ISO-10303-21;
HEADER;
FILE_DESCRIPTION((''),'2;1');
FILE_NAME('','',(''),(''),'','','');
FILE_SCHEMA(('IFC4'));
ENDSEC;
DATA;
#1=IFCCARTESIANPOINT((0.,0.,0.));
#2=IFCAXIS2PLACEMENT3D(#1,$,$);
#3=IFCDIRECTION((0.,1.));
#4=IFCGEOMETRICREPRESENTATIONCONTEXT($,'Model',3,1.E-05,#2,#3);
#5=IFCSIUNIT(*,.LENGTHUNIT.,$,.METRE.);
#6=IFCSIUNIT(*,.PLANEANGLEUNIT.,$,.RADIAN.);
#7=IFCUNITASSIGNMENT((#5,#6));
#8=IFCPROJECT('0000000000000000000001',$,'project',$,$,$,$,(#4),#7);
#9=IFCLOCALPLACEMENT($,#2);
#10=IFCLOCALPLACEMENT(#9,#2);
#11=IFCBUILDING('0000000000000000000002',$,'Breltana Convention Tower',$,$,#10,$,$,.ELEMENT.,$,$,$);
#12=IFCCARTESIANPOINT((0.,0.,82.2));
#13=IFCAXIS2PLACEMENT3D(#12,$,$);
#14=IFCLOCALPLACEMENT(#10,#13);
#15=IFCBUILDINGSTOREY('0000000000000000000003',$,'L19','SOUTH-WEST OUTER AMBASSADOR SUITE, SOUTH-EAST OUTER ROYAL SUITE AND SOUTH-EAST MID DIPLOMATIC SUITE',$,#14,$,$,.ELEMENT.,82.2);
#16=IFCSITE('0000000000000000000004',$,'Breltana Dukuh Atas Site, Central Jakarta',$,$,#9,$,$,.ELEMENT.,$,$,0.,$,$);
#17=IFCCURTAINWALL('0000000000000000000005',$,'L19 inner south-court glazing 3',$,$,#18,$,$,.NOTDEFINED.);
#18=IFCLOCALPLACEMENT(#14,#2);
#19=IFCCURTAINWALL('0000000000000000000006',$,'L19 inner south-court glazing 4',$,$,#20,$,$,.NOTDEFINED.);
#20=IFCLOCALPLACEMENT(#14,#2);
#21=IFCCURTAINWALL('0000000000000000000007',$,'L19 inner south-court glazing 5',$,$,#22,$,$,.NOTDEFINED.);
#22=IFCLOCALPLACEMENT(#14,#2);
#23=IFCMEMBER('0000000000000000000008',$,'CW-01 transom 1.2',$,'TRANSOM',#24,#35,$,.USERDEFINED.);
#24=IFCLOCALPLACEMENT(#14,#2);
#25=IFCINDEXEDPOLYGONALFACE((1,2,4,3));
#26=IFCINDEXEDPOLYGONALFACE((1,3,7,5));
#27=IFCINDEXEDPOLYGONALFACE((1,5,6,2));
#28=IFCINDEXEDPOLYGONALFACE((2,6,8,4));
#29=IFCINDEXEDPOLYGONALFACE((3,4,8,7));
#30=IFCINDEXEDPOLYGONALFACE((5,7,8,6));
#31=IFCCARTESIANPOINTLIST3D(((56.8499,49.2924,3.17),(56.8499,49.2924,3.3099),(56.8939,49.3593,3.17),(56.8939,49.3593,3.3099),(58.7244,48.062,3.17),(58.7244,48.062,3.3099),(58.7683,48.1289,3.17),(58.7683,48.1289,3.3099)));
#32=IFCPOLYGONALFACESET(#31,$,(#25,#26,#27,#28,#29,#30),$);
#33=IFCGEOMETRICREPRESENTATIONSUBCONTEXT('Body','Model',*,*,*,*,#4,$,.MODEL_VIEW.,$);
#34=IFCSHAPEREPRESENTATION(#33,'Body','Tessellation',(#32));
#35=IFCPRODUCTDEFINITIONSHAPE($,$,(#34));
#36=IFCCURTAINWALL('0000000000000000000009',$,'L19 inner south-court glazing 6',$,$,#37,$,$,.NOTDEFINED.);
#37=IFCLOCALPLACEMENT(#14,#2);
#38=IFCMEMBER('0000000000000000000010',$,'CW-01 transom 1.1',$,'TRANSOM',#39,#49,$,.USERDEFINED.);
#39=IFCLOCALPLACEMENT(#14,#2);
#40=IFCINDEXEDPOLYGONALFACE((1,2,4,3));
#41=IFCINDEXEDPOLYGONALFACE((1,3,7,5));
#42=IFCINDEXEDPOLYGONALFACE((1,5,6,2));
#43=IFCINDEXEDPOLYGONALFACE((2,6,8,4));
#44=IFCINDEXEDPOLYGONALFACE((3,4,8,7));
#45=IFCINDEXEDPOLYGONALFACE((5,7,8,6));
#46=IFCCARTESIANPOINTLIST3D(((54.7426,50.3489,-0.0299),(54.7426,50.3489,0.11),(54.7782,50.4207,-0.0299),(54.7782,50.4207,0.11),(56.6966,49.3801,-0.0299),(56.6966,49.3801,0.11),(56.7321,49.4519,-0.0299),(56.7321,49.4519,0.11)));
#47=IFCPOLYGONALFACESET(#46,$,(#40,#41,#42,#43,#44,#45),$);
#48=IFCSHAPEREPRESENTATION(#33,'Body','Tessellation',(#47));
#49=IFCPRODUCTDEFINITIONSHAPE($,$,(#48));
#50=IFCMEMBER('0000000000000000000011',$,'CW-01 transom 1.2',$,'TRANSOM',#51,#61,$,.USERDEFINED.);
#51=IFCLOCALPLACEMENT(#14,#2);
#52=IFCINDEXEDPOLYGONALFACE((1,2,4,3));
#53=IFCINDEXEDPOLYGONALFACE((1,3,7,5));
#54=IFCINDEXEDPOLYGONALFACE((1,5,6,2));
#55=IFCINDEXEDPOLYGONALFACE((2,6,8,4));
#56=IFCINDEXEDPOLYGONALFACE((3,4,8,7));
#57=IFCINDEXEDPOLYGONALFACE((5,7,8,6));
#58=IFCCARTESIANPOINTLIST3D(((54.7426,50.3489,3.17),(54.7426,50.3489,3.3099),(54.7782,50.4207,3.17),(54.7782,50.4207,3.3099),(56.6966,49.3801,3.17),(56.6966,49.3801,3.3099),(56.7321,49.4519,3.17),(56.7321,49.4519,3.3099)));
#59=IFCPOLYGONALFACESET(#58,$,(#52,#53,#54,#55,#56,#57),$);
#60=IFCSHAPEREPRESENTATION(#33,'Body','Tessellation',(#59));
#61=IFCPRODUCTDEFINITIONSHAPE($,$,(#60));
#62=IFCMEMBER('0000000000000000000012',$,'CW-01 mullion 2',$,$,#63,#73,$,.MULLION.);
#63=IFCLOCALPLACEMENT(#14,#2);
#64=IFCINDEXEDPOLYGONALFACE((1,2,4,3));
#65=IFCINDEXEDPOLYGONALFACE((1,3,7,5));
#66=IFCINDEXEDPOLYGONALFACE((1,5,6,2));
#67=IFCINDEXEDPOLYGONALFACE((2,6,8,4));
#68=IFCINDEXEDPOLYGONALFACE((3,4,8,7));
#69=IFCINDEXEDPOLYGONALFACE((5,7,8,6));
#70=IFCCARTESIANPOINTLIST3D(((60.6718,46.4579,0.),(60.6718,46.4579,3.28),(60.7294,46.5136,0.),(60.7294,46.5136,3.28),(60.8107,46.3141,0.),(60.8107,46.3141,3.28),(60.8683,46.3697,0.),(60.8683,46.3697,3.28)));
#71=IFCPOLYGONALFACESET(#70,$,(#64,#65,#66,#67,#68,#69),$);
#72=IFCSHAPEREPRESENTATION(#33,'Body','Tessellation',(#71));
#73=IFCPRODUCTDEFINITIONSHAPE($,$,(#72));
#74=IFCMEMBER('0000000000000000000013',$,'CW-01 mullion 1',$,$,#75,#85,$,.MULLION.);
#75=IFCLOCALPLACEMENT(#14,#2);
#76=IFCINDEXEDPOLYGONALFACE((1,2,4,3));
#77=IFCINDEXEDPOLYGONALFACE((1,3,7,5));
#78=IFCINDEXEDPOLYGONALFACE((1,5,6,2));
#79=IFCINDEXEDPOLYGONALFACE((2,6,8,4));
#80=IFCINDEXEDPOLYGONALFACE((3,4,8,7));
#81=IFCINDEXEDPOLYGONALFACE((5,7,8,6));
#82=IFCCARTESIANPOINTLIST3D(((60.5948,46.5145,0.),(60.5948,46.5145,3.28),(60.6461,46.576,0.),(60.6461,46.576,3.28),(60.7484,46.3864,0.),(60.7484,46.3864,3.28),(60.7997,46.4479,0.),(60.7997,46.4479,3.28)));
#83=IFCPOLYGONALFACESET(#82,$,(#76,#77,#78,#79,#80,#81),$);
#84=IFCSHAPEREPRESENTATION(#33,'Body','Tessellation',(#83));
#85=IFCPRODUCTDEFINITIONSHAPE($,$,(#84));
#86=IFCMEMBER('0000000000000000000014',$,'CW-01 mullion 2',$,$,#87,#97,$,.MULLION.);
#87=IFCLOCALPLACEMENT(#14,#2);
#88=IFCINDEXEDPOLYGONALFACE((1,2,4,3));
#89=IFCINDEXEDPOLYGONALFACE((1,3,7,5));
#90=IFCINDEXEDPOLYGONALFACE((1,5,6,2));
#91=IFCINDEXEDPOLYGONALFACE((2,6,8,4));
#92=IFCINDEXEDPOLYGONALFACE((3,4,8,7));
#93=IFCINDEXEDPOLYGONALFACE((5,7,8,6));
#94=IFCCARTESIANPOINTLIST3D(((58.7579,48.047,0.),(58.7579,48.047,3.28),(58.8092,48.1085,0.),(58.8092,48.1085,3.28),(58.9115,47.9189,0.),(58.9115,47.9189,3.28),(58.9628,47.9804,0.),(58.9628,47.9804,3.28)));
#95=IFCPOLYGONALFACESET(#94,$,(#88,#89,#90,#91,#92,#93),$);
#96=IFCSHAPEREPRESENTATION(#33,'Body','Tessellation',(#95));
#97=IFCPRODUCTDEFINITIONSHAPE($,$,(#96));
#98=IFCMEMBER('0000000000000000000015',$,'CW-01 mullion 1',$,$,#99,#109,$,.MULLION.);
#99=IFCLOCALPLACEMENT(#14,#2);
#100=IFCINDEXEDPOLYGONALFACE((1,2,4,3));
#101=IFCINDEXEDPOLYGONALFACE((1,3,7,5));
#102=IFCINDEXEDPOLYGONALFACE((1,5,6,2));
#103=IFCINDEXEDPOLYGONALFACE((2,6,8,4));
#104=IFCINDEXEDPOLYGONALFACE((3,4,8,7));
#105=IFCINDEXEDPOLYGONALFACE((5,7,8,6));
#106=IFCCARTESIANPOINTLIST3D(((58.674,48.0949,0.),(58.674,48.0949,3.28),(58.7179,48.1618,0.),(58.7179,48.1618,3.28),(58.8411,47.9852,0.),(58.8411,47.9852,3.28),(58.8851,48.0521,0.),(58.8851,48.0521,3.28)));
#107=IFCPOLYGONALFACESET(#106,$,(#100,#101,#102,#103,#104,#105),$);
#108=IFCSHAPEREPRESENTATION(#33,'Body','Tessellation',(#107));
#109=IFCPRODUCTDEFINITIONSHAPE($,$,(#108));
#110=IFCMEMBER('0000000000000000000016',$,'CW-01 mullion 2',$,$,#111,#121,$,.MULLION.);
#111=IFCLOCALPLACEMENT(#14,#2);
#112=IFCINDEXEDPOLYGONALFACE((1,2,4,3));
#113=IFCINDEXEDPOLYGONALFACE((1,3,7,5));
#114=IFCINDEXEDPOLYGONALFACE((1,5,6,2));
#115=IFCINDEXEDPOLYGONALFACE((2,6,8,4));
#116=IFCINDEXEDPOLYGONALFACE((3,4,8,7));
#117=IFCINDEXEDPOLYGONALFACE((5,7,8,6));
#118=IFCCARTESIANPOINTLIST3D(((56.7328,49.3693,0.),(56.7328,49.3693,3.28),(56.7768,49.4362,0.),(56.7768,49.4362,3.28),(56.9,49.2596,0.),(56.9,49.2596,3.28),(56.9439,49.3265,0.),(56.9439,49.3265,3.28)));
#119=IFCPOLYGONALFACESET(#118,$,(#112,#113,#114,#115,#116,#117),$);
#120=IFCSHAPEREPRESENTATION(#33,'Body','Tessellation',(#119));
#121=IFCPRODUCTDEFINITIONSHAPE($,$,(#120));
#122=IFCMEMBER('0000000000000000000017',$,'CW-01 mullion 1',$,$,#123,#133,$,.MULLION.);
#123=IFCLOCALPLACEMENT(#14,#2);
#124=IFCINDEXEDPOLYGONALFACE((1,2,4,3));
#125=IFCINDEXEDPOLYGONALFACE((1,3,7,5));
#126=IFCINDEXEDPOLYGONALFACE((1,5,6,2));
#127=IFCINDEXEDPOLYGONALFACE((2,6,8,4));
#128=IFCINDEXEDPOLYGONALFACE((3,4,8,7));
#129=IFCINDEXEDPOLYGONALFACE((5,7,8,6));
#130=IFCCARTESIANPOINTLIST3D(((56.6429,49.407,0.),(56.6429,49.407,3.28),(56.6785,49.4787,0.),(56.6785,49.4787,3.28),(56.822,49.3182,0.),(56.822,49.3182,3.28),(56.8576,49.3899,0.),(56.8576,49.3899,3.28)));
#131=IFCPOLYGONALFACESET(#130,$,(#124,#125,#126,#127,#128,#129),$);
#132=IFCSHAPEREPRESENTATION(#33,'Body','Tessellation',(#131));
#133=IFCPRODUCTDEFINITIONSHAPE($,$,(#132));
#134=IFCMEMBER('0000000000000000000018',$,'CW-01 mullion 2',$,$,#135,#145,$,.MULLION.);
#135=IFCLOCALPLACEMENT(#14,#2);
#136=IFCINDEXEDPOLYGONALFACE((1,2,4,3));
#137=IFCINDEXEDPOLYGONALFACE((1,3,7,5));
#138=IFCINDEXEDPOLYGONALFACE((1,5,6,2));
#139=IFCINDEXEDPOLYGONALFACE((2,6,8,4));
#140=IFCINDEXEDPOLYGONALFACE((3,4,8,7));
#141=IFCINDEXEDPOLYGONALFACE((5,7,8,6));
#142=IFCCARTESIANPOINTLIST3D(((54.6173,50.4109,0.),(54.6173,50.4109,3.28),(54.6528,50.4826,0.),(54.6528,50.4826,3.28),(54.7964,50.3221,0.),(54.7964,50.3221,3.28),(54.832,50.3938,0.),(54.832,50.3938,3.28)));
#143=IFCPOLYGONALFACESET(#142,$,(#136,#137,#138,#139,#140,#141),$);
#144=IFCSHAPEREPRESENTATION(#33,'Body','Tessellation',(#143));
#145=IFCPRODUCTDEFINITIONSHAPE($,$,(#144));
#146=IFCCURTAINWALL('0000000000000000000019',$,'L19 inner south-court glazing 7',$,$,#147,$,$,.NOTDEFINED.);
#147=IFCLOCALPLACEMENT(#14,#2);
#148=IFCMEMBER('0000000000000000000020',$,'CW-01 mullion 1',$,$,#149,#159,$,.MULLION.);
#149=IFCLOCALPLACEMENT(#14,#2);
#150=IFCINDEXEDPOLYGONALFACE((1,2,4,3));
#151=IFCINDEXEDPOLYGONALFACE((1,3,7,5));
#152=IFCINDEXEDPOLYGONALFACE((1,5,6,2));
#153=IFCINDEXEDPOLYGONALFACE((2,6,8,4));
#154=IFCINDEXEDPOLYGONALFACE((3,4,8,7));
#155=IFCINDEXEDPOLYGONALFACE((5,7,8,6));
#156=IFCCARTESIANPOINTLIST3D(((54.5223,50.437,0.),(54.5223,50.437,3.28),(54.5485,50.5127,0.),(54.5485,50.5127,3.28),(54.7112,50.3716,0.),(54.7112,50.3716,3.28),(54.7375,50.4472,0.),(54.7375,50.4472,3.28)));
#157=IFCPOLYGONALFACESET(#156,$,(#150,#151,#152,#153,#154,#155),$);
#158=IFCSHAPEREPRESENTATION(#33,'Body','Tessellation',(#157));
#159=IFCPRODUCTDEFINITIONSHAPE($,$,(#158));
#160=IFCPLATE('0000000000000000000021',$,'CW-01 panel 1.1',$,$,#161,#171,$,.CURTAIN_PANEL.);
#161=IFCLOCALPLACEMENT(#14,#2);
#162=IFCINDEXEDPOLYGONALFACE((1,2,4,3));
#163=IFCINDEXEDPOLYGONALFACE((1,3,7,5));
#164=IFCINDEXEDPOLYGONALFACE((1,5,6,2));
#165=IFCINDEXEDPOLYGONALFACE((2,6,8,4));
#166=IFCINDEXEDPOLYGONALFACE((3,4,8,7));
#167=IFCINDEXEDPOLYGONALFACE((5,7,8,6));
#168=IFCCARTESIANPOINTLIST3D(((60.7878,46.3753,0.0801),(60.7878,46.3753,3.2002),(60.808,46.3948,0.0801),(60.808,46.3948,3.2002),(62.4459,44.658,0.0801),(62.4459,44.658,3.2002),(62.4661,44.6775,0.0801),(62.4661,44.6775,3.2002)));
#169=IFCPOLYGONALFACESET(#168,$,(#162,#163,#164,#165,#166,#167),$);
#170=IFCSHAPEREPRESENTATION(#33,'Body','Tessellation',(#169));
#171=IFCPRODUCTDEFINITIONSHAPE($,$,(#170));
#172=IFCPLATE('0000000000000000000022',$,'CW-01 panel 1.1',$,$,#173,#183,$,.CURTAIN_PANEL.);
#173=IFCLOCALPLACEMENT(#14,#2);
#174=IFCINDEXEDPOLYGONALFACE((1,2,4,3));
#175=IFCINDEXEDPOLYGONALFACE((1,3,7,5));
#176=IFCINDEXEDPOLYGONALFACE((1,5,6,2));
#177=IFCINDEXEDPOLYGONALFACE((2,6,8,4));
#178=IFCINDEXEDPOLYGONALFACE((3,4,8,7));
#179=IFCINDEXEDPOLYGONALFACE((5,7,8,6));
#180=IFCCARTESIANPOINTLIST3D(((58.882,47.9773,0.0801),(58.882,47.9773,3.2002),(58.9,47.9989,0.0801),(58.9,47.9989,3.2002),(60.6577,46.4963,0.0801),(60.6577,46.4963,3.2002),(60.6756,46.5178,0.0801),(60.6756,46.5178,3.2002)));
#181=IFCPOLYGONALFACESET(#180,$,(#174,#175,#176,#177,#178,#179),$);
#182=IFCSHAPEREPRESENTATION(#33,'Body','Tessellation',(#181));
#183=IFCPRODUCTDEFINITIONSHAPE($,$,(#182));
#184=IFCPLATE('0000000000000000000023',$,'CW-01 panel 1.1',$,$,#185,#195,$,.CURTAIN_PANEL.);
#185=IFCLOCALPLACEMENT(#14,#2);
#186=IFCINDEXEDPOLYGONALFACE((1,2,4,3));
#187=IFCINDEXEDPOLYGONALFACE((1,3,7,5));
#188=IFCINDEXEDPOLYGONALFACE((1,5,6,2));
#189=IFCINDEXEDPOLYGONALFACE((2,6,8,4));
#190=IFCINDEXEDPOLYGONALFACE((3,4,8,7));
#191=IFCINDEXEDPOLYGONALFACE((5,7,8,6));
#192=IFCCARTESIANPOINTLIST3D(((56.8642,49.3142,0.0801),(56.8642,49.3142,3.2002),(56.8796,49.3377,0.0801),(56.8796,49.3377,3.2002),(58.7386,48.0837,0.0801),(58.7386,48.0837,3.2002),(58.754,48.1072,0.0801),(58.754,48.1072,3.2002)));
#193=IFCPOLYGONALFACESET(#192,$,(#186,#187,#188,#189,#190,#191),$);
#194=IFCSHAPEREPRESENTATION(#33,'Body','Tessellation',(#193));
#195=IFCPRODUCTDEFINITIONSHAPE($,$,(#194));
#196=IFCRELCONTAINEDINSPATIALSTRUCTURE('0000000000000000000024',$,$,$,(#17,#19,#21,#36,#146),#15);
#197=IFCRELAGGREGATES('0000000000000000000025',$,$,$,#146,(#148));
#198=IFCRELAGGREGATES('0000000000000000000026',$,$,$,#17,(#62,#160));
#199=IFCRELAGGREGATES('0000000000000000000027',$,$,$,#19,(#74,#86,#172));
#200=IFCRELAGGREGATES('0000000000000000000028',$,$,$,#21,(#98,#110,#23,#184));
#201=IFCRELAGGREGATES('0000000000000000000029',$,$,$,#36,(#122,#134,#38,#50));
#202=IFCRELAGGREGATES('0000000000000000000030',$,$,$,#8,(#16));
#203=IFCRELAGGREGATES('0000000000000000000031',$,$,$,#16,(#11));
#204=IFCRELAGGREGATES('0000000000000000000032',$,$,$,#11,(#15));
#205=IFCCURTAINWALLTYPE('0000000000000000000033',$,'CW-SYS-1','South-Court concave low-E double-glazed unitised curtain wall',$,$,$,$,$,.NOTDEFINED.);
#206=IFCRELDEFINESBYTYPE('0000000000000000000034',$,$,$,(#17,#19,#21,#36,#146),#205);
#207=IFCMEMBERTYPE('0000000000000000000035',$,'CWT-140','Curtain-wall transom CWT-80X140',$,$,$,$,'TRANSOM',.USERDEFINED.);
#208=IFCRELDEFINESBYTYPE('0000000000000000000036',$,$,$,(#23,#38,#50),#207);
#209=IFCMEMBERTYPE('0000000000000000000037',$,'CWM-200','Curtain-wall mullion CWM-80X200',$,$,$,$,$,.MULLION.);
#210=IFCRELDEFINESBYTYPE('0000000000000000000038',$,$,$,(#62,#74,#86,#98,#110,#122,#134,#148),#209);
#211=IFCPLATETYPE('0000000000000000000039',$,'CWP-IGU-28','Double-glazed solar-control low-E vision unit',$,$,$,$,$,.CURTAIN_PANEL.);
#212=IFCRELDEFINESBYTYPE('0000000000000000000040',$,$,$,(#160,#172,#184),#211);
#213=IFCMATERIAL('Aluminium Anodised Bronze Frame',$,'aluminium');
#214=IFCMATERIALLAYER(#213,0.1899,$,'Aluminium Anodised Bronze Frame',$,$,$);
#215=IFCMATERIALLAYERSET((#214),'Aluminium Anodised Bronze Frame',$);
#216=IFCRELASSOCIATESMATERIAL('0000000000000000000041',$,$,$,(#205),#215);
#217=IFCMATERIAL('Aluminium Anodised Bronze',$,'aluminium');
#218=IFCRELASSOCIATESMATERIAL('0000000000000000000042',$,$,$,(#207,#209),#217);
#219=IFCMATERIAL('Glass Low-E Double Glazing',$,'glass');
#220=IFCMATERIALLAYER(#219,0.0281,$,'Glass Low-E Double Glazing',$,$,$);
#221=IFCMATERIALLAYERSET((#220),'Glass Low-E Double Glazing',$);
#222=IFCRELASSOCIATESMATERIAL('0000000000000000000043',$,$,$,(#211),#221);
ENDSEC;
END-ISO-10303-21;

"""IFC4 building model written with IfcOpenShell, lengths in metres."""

from ifc_helpers import new_model, si_unit, direction, frame, origin, origin_2d, place, context, subcontext, project, spatial, rectangle, extrude, source, transform, mapped, material, layer, layer_set, material_profile, profile_set, type_object, element, aggregate, save


model = new_model("IFC4")

# Units and contexts
model_context = context("Model", 3, precision=1e-05, world=origin(), true_north=direction((0.0, 1.0)))
body_context = subcontext(model_context, "Body", "Model", "MODEL_VIEW")
ifc_project = project(units=[si_unit("LENGTHUNIT", "METRE"), si_unit("PLANEANGLEUNIT", "RADIAN")], contexts=[model_context])

# Site, building, storey
site_placement = place(None, origin())
site = spatial("IfcSite", under=ifc_project, at=site_placement, Name="Breltana Dukuh Atas Site, Central Jakarta", CompositionType="ELEMENT", RefElevation=0.0)
building_placement = place(site_placement, origin())
building = spatial("IfcBuilding", under=site, at=building_placement, Name="Breltana Convention Tower", CompositionType="ELEMENT")
storey_placement = place(building_placement, frame((0.0, 0.0, 82.2)))
storey = spatial("IfcBuildingStorey", under=building, at=storey_placement, Name="L19", Description="SOUTH-WEST OUTER AMBASSADOR SUITE, SOUTH-EAST OUTER ROYAL SUITE AND SOUTH-EAST MID DIPLOMATIC SUITE", CompositionType="ELEMENT", Elevation=82.2)

# Curtain wall
ifc_material_1 = material(Name="Aluminium Anodised Bronze Frame", Category="aluminium")
ifc_layer_1 = layer(ifc_material_1, 0.1899, Name="Aluminium Anodised Bronze Frame")
ifc_layer_set_1 = layer_set([ifc_layer_1], Name="Aluminium Anodised Bronze Frame")
curtain_wall_type = type_object("IfcCurtainWallType", Name="CW-SYS-1", Description="South-Court concave low-E double-glazed unitised curtain wall", PredefinedType="NOTDEFINED", material=ifc_layer_set_1)
curtain_wall_1_placement = place(storey_placement, origin())
curtain_wall_1 = element("IfcCurtainWall", 1, at=curtain_wall_1_placement, inside=storey, type_object=curtain_wall_type, Name="L19 inner south-court glazing 3", PredefinedType="NOTDEFINED")
ifc_material_2 = material(Name="Aluminium Anodised Bronze", Category="aluminium")
ifc_material_profile_1 = material_profile(ifc_material_2, rectangle(XDim=0.0801, YDim=0.1399, at=origin_2d()), Name="CWT-80X140")
ifc_profile_set_1 = profile_set([ifc_material_profile_1], Name="Aluminium Anodised Bronze")
member_type_1 = type_object("IfcMemberType", Name="CWT-140", Description="Curtain-wall transom CWT-80X140", ElementType="TRANSOM", PredefinedType="USERDEFINED", material=ifc_profile_set_1)

# Curtain walls, members
curtain_wall_2_placement = place(storey_placement, origin())
curtain_wall_2 = element("IfcCurtainWall", 2, at=curtain_wall_2_placement, inside=storey, type_object=curtain_wall_type, Name="L19 inner south-court glazing 4", PredefinedType="NOTDEFINED")
curtain_wall_3_placement = place(storey_placement, origin())
curtain_wall_3 = element("IfcCurtainWall", 3, at=curtain_wall_3_placement, inside=storey, type_object=curtain_wall_type, Name="L19 inner south-court glazing 5", PredefinedType="NOTDEFINED")
shared_shape_1 = source(origin(), body_context, "Body", "SweptSolid", [
    extrude(rectangle(XDim=0.0801, YDim=0.1399, at=origin_2d()), origin(), (0.0, 0.0, 1.0), 2.2422),
])
member_1_placement = place(storey_placement, frame((58.7463, 48.0955, 3.24), z_axis=(-0.835982, 0.548756, 0.0), x_axis=(-0.548756, -0.835982, 0.0)))
member_1 = element("IfcMember", 4, at=member_1_placement, type_object=member_type_1, Name="CW-01 transom 1.2", ObjectType="TRANSOM", PredefinedType="USERDEFINED", context=body_context, shape_type="MappedRepresentation", body=[
    mapped(shared_shape_1, transform((0.0, 0.0, 0.0), scale=1.0)),
])
curtain_wall_4_placement = place(storey_placement, origin())
curtain_wall_4 = element("IfcCurtainWall", 5, at=curtain_wall_4_placement, inside=storey, type_object=curtain_wall_type, Name="L19 inner south-court glazing 6", PredefinedType="NOTDEFINED")
shared_shape_2 = source(origin(), body_context, "Body", "SweptSolid", [
    extrude(rectangle(XDim=0.0801, YDim=0.1399, at=origin_2d()), origin(), (0.0, 0.0, 1.0), 2.1809),
])
member_2_placement = place(storey_placement, frame((56.7144, 49.416, 0.04), z_axis=(-0.895922, 0.444211, 0.0), x_axis=(-0.444211, -0.895922, 0.0)))
member_2 = element("IfcMember", 6, at=member_2_placement, type_object=member_type_1, Name="CW-01 transom 1.1", ObjectType="TRANSOM", PredefinedType="USERDEFINED", context=body_context, shape_type="MappedRepresentation", body=[
    mapped(shared_shape_2, transform((0.0, 0.0, 0.0), scale=1.0)),
])
member_3_placement = place(storey_placement, frame((56.7144, 49.416, 3.24), z_axis=(-0.895922, 0.444211, 0.0), x_axis=(-0.444211, -0.895922, 0.0)))
member_3 = element("IfcMember", 7, at=member_3_placement, type_object=member_type_1, Name="CW-01 transom 1.2", ObjectType="TRANSOM", PredefinedType="USERDEFINED", context=body_context, shape_type="MappedRepresentation", body=[
    mapped(shared_shape_2, transform((0.0, 0.0, 0.0), scale=1.0)),
])

# Members
ifc_material_profile_2 = material_profile(ifc_material_2, rectangle(XDim=0.0801, YDim=0.2, at=origin_2d()), Name="CWM-80X200")
ifc_profile_set_2 = profile_set([ifc_material_profile_2], Name="Aluminium Anodised Bronze")
member_type_2 = type_object("IfcMemberType", Name="CWM-200", Description="Curtain-wall mullion CWM-80X200", PredefinedType="MULLION", material=ifc_profile_set_2)
shared_shape_3 = source(origin(), body_context, "Body", "SweptSolid", [
    extrude(rectangle(XDim=0.0801, YDim=0.2, at=origin_2d()), origin(), (0.0, 0.0, 1.0), 3.28),
])
member_4_placement = place(storey_placement, frame((60.77, 46.4138, 0.0), z_axis=(0.0, 0.0, 1.0), x_axis=(-0.719385, -0.694612, 0.0)))
member_4 = element("IfcMember", 8, at=member_4_placement, type_object=member_type_2, Name="CW-01 mullion 2", PredefinedType="MULLION", context=body_context, shape_type="MappedRepresentation", body=[
    mapped(shared_shape_3, transform((0.0, 0.0, 0.0), scale=1.0)),
])
member_5_placement = place(storey_placement, frame((60.6973, 46.4812, 0.0), z_axis=(0.0, 0.0, 1.0), x_axis=(-0.640523, -0.767939, 0.0)))
member_5 = element("IfcMember", 9, at=member_5_placement, type_object=member_type_2, Name="CW-01 mullion 1", PredefinedType="MULLION", context=body_context, shape_type="MappedRepresentation", body=[
    mapped(shared_shape_3, transform((0.0, 0.0, 0.0), scale=1.0)),
])
member_6_placement = place(storey_placement, frame((58.8604, 48.0137, 0.0), z_axis=(0.0, 0.0, 1.0), x_axis=(-0.640523, -0.767939, 0.0)))
member_6 = element("IfcMember", 10, at=member_6_placement, type_object=member_type_2, Name="CW-01 mullion 2", PredefinedType="MULLION", context=body_context, shape_type="MappedRepresentation", body=[
    mapped(shared_shape_3, transform((0.0, 0.0, 0.0), scale=1.0)),
])
member_7_placement = place(storey_placement, frame((58.7795, 48.0735, 0.0), z_axis=(0.0, 0.0, 1.0), x_axis=(-0.548778, -0.835968, 0.0)))
member_7 = element("IfcMember", 11, at=member_7_placement, type_object=member_type_2, Name="CW-01 mullion 1", PredefinedType="MULLION", context=body_context, shape_type="MappedRepresentation", body=[
    mapped(shared_shape_3, transform((0.0, 0.0, 0.0), scale=1.0)),
])
member_8_placement = place(storey_placement, frame((56.8384, 49.3479, 0.0), z_axis=(0.0, 0.0, 1.0), x_axis=(-0.548778, -0.835968, 0.0)))
member_8 = element("IfcMember", 12, at=member_8_placement, type_object=member_type_2, Name="CW-01 mullion 2", PredefinedType="MULLION", context=body_context, shape_type="MappedRepresentation", body=[
    mapped(shared_shape_3, transform((0.0, 0.0, 0.0), scale=1.0)),
])
member_9_placement = place(storey_placement, frame((56.7502, 49.3984, 0.0), z_axis=(0.0, 0.0, 1.0), x_axis=(-0.444118, -0.895968, 0.0)))
member_9 = element("IfcMember", 13, at=member_9_placement, type_object=member_type_2, Name="CW-01 mullion 1", PredefinedType="MULLION", context=body_context, shape_type="MappedRepresentation", body=[
    mapped(shared_shape_3, transform((0.0, 0.0, 0.0), scale=1.0)),
])
member_10_placement = place(storey_placement, frame((54.7246, 50.4023, 0.0), z_axis=(0.0, 0.0, 1.0), x_axis=(-0.444118, -0.895968, 0.0)))
member_10 = element("IfcMember", 14, at=member_10_placement, type_object=member_type_2, Name="CW-01 mullion 2", PredefinedType="MULLION", context=body_context, shape_type="MappedRepresentation", body=[
    mapped(shared_shape_3, transform((0.0, 0.0, 0.0), scale=1.0)),
])

# Curtain wall, member
curtain_wall_5_placement = place(storey_placement, origin())
curtain_wall_5 = element("IfcCurtainWall", 15, at=curtain_wall_5_placement, inside=storey, type_object=curtain_wall_type, Name="L19 inner south-court glazing 7", PredefinedType="NOTDEFINED")
member_11_placement = place(storey_placement, frame((54.6299, 50.4421, 0.0), z_axis=(0.0, 0.0, 1.0), x_axis=(-0.327413, -0.944881, 0.0)))
member_11 = element("IfcMember", 16, at=member_11_placement, type_object=member_type_2, Name="CW-01 mullion 1", PredefinedType="MULLION", context=body_context, shape_type="MappedRepresentation", body=[
    mapped(shared_shape_3, transform((0.0, 0.0, 0.0), scale=1.0)),
])
aggregate(curtain_wall_5, [member_11])

# Plates
ifc_material_3 = material(Name="Glass Low-E Double Glazing", Category="glass")
ifc_layer_2 = layer(ifc_material_3, 0.0281, Name="Glass Low-E Double Glazing")
ifc_layer_set_2 = layer_set([ifc_layer_2], Name="Glass Low-E Double Glazing")
plate_type = type_object("IfcPlateType", Name="CWP-IGU-28", Description="Double-glazed solar-control low-E vision unit", PredefinedType="CURTAIN_PANEL", material=ifc_layer_set_2)
shared_shape_4 = source(origin(), body_context, "Body", "SweptSolid", [
    extrude(rectangle(XDim=2.3872, YDim=0.0281, at=origin_2d()), origin(), (0.0, 0.0, 1.0), 3.1201),
])
plate_1_placement = place(storey_placement, frame((61.627, 45.5264, 0.0801), z_axis=(0.0, 0.0, 1.0), x_axis=(-0.694612, 0.719385, 0.0)))
plate_1 = element("IfcPlate", 17, at=plate_1_placement, type_object=plate_type, Name="CW-01 panel 1.1", PredefinedType="CURTAIN_PANEL", context=body_context, shape_type="MappedRepresentation", body=[
    mapped(shared_shape_4, transform((0.0, 0.0, 0.0), scale=1.0)),
])
aggregate(curtain_wall_1, [member_4, plate_1])
shared_shape_5 = source(origin(), body_context, "Body", "SweptSolid", [
    extrude(rectangle(XDim=2.3123, YDim=0.0281, at=origin_2d()), origin(), (0.0, 0.0, 1.0), 3.1201),
])
plate_2_placement = place(storey_placement, frame((59.7788, 47.2476, 0.0801), z_axis=(0.0, 0.0, 1.0), x_axis=(-0.767939, 0.640523, 0.0)))
plate_2 = element("IfcPlate", 18, at=plate_2_placement, type_object=plate_type, Name="CW-01 panel 1.1", PredefinedType="CURTAIN_PANEL", context=body_context, shape_type="MappedRepresentation", body=[
    mapped(shared_shape_5, transform((0.0, 0.0, 0.0), scale=1.0)),
])
aggregate(curtain_wall_2, [member_5, member_6, plate_2])
shared_shape_6 = source(origin(), body_context, "Body", "SweptSolid", [
    extrude(rectangle(XDim=2.2422, YDim=0.0281, at=origin_2d()), origin(), (0.0, 0.0, 1.0), 3.1201),
])
plate_3_placement = place(storey_placement, frame((57.8091, 48.7107, 0.0801), z_axis=(0.0, 0.0, 1.0), x_axis=(-0.835968, 0.548778, 0.0)))
plate_3 = element("IfcPlate", 19, at=plate_3_placement, type_object=plate_type, Name="CW-01 panel 1.1", PredefinedType="CURTAIN_PANEL", context=body_context, shape_type="MappedRepresentation", body=[
    mapped(shared_shape_6, transform((0.0, 0.0, 0.0), scale=1.0)),
])
aggregate(curtain_wall_3, [member_7, member_8, member_1, plate_3])
aggregate(curtain_wall_4, [member_9, member_10, member_2, member_3])

save(model, "model.ifc")
